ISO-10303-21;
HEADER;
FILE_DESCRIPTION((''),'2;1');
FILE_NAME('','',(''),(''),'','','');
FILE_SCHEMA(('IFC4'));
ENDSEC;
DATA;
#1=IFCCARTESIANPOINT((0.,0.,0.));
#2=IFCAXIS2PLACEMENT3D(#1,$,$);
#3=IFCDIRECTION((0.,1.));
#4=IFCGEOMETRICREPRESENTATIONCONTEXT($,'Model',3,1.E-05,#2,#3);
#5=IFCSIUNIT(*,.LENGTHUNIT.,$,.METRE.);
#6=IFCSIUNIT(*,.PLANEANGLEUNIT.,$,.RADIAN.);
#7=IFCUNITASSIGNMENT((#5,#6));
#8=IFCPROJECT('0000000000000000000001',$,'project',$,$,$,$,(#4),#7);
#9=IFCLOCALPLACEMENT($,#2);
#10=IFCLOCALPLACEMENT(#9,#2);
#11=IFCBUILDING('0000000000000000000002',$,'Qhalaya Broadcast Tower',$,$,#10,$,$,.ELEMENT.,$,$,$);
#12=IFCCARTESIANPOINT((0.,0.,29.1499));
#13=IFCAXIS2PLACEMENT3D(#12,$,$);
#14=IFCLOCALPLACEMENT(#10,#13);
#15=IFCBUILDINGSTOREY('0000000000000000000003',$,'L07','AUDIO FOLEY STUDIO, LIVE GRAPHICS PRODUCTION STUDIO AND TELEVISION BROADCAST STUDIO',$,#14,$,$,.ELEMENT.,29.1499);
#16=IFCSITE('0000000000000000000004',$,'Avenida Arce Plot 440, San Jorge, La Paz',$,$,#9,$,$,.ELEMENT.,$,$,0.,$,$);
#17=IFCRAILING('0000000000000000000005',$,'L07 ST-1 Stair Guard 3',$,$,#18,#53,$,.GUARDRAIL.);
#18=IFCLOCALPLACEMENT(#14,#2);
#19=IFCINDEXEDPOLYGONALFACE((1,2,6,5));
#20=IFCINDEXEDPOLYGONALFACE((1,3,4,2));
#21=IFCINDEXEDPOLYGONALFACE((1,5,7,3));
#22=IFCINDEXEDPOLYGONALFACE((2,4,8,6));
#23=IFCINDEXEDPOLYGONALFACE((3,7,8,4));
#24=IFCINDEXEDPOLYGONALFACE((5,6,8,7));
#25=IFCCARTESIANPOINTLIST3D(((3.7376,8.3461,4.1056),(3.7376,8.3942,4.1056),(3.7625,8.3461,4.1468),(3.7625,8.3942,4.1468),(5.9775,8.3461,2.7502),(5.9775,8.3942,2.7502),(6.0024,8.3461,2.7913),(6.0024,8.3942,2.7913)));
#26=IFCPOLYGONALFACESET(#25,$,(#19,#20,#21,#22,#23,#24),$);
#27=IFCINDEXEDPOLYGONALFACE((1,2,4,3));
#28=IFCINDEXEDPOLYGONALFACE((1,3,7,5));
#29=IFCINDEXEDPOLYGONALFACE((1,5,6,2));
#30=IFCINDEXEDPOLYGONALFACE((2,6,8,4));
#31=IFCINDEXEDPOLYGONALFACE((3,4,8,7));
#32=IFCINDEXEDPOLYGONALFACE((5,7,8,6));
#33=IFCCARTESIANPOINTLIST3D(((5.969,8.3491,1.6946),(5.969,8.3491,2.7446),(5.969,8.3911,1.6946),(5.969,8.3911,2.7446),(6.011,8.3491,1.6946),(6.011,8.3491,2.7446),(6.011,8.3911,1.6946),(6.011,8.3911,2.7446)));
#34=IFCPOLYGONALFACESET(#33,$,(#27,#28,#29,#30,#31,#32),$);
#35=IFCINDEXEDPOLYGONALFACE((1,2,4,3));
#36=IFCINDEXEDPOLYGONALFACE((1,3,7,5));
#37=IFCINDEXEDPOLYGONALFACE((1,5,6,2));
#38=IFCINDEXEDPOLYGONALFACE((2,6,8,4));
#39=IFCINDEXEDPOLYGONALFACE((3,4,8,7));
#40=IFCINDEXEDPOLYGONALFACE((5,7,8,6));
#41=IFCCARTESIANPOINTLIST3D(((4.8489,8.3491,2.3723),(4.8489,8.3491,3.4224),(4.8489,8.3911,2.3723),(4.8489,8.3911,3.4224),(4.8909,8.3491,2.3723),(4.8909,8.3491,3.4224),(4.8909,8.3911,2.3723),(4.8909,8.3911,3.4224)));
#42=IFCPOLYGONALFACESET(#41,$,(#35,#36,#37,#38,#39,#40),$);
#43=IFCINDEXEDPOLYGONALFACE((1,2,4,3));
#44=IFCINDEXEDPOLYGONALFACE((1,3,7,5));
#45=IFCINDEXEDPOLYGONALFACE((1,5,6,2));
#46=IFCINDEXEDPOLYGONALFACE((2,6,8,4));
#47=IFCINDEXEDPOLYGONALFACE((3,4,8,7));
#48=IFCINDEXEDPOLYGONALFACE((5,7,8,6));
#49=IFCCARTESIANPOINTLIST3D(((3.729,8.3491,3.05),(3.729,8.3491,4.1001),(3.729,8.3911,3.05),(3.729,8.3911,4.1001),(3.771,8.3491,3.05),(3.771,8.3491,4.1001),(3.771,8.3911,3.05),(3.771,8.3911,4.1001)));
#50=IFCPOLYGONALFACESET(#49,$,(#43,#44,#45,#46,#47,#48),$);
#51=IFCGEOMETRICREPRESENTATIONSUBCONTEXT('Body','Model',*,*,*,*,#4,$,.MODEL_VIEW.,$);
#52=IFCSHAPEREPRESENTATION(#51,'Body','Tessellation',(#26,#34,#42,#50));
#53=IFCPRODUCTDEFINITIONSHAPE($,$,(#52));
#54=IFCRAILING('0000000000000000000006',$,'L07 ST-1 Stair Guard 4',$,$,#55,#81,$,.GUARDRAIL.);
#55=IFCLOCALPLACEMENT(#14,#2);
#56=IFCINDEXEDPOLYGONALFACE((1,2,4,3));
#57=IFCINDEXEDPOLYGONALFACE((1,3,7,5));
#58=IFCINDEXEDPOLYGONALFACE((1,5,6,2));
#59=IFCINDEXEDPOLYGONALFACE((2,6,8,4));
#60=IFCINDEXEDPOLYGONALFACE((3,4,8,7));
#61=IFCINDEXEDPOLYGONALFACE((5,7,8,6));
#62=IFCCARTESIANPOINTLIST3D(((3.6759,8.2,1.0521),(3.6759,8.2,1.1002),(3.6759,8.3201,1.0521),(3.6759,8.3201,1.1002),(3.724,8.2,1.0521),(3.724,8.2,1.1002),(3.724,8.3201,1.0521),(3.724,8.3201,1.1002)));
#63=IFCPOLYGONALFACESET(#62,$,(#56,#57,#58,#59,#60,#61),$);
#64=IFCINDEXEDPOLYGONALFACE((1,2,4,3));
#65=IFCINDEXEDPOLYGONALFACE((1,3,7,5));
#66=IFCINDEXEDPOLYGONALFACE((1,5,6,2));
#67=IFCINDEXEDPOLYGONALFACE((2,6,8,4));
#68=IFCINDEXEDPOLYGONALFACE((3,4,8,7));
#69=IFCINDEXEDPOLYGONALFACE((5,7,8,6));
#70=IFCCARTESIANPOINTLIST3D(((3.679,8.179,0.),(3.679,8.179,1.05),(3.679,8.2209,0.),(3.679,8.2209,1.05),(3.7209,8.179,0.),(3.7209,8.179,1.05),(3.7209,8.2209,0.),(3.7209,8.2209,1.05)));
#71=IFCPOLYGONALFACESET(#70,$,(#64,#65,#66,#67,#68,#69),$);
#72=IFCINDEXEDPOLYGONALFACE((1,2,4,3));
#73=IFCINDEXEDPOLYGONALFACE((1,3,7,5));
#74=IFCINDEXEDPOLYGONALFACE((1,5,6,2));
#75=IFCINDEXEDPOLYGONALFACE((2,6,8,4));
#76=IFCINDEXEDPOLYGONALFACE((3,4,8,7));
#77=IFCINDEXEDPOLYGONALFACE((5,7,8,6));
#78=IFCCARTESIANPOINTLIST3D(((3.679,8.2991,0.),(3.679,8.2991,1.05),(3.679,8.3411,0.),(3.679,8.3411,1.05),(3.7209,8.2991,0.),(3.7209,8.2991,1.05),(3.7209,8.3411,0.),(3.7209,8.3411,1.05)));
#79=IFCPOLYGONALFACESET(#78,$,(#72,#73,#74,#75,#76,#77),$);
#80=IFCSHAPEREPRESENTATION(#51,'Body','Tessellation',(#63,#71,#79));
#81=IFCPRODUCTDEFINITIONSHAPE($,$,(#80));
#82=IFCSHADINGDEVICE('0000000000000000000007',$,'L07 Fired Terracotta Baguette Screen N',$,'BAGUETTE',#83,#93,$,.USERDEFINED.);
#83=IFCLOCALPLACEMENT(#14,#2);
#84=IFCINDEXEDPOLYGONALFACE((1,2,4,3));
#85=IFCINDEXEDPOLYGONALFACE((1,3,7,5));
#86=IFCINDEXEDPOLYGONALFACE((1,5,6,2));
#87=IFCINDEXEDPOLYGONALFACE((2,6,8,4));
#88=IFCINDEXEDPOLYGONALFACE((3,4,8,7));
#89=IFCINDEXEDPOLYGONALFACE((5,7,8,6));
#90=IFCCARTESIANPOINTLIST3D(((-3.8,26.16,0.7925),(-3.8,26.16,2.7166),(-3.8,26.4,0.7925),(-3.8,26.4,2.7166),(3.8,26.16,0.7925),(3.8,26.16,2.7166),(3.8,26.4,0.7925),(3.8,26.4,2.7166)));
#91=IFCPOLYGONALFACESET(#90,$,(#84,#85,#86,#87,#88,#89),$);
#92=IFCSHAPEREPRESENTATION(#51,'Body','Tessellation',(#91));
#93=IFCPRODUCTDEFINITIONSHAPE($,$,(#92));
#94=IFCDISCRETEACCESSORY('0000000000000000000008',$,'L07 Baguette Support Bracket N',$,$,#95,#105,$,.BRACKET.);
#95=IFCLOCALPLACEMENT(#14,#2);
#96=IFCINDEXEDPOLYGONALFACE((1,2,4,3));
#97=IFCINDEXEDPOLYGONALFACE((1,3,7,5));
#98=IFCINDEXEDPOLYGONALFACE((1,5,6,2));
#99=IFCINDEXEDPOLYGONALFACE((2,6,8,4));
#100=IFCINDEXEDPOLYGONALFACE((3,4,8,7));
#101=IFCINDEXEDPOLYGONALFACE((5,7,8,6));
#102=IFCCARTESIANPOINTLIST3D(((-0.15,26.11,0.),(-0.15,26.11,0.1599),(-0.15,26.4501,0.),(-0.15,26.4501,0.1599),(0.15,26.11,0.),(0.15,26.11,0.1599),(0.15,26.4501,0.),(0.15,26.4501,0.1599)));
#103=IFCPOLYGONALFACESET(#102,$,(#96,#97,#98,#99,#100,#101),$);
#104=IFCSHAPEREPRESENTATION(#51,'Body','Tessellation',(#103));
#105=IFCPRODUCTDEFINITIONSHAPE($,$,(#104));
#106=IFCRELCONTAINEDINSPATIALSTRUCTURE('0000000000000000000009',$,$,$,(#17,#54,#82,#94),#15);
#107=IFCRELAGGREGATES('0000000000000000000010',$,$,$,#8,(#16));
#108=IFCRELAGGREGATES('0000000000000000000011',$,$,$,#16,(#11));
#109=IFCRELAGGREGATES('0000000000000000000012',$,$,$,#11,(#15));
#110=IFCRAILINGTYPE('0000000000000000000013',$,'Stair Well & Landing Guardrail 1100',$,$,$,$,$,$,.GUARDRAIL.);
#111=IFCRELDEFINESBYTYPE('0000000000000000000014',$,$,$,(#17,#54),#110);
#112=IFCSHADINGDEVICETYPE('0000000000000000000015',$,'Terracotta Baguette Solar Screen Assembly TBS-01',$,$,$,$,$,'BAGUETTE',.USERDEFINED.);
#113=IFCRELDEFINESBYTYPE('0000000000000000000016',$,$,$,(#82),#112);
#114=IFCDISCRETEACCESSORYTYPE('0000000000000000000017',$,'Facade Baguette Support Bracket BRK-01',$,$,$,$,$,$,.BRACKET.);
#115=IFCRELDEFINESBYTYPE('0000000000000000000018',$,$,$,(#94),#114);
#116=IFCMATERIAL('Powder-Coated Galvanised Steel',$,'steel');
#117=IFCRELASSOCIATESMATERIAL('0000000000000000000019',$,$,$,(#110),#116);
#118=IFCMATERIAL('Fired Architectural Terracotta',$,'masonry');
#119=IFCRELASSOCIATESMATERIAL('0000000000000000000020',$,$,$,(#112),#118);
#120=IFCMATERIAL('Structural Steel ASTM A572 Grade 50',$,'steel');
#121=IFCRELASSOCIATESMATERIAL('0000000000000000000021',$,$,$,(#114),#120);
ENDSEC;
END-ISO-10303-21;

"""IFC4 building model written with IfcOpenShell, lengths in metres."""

from ifc_helpers import new_model, si_unit, direction, frame, origin, origin_2d, place, context, subcontext, project, spatial, rectangle, extrude, material, type_object, element, save


model = new_model("IFC4")

# Units and contexts
model_context = context("Model", 3, precision=1e-05, world=origin(), true_north=direction((0.0, 1.0)))
body_context = subcontext(model_context, "Body", "Model", "MODEL_VIEW")
ifc_project = project(units=[si_unit("LENGTHUNIT", "METRE"), si_unit("PLANEANGLEUNIT", "RADIAN")], contexts=[model_context])

# Site, building, storey
site_placement = place(None, origin())
site = spatial("IfcSite", under=ifc_project, at=site_placement, Name="Avenida Arce Plot 440, San Jorge, La Paz", CompositionType="ELEMENT", RefElevation=0.0)
building_placement = place(site_placement, origin())
building = spatial("IfcBuilding", under=site, at=building_placement, Name="Qhalaya Broadcast Tower", CompositionType="ELEMENT")
storey_placement = place(building_placement, frame((0.0, 0.0, 29.1499)))
storey = spatial("IfcBuildingStorey", under=building, at=storey_placement, Name="L07", Description="AUDIO FOLEY STUDIO, LIVE GRAPHICS PRODUCTION STUDIO AND TELEVISION BROADCAST STUDIO", CompositionType="ELEMENT", Elevation=29.1499)

# Shared definitions
ifc_material_1 = material(Name="Structural Steel ASTM A572 Grade 50", Category="steel")

# Railings
ifc_material_2 = material(Name="Powder-Coated Galvanised Steel", Category="steel")
railing_type_1 = type_object("IfcRailingType", Name="Stair Well & Landing Guardrail 1100", PredefinedType="GUARDRAIL", material=ifc_material_2)
railing_1_placement = place(storey_placement, frame((5.99, 8.3701, 1.6946)))
element("IfcRailing", 1, at=railing_1_placement, inside=storey, type_object=railing_type_1, Name="L07 ST-1 Stair Guard 3", PredefinedType="GUARDRAIL", context=body_context, shape_type="SweptSolid", body=[
    extrude(rectangle(XDim=0.0481, YDim=0.0481, at=origin_2d()), frame((0.0, 0.0, 1.0762), z_axis=(-0.855553, 0.0, 0.517715), x_axis=(0.0, -1.0, 0.0)), (0.0, 0.0, 1.0), 2.6182),
    extrude(rectangle(XDim=0.042, YDim=0.042, at=origin_2d()), origin(), (0.0, 0.0, 1.0), 1.05),
    extrude(rectangle(XDim=0.042, YDim=0.042, at=origin_2d()), frame((-1.1201, 0.0, 0.6777)), (0.0, 0.0, 1.0), 1.05),
    extrude(rectangle(XDim=0.042, YDim=0.042, at=origin_2d()), frame((-2.24, 0.0, 1.3555)), (0.0, 0.0, 1.0), 1.05),
])
railing_2_placement = place(storey_placement, frame((3.7, 8.2, 0.0)))
element("IfcRailing", 2, at=railing_2_placement, inside=storey, type_object=railing_type_1, Name="L07 ST-1 Stair Guard 4", PredefinedType="GUARDRAIL", context=body_context, shape_type="SweptSolid", body=[
    extrude(rectangle(XDim=0.0481, YDim=0.0481, at=origin_2d()), frame((0.0, 0.0, 1.0762), z_axis=(0.0, 1.0, 0.0), x_axis=(-1.0, 0.0, 0.0)), (0.0, 0.0, 1.0), 0.1201),
    extrude(rectangle(XDim=0.042, YDim=0.042, at=origin_2d()), origin(), (0.0, 0.0, 1.0), 1.05),
    extrude(rectangle(XDim=0.042, YDim=0.042, at=origin_2d()), frame((0.0, 0.1201, 0.0)), (0.0, 0.0, 1.0), 1.05),
])

# Shading device
ifc_material_3 = material(Name="Fired Architectural Terracotta", Category="masonry")
shading_device_type = type_object("IfcShadingDeviceType", Name="Terracotta Baguette Solar Screen Assembly TBS-01", ElementType="BAGUETTE", PredefinedType="USERDEFINED", material=ifc_material_3)
shading_device_placement = place(storey_placement, frame((0.0, 26.28, 0.7925), z_axis=(0.0, 0.0, 1.0), x_axis=(-1.0, 0.0, 0.0)))
element("IfcShadingDevice", 3, at=shading_device_placement, inside=storey, type_object=shading_device_type, Name="L07 Fired Terracotta Baguette Screen N", ObjectType="BAGUETTE", PredefinedType="USERDEFINED", context=body_context, shape_type="SweptSolid", body=[
    extrude(rectangle(XDim=7.6001, YDim=0.24, at=origin_2d()), origin(), (0.0, 0.0, 1.0), 1.9241),
])

# Discrete accessory
discrete_accessory_type = type_object("IfcDiscreteAccessoryType", Name="Facade Baguette Support Bracket BRK-01", PredefinedType="BRACKET", material=ifc_material_1)
discrete_accessory_placement = place(storey_placement, frame((0.0, 26.28, 0.0), z_axis=(0.0, 0.0, 1.0), x_axis=(-1.0, 0.0, 0.0)))
element("IfcDiscreteAccessory", 4, at=discrete_accessory_placement, inside=storey, type_object=discrete_accessory_type, Name="L07 Baguette Support Bracket N", PredefinedType="BRACKET", context=body_context, shape_type="SweptSolid", body=[
    extrude(rectangle(XDim=0.3, YDim=0.3401, at=origin_2d()), origin(), (0.0, 0.0, 1.0), 0.1599),
])

save(model, "model.ifc")
